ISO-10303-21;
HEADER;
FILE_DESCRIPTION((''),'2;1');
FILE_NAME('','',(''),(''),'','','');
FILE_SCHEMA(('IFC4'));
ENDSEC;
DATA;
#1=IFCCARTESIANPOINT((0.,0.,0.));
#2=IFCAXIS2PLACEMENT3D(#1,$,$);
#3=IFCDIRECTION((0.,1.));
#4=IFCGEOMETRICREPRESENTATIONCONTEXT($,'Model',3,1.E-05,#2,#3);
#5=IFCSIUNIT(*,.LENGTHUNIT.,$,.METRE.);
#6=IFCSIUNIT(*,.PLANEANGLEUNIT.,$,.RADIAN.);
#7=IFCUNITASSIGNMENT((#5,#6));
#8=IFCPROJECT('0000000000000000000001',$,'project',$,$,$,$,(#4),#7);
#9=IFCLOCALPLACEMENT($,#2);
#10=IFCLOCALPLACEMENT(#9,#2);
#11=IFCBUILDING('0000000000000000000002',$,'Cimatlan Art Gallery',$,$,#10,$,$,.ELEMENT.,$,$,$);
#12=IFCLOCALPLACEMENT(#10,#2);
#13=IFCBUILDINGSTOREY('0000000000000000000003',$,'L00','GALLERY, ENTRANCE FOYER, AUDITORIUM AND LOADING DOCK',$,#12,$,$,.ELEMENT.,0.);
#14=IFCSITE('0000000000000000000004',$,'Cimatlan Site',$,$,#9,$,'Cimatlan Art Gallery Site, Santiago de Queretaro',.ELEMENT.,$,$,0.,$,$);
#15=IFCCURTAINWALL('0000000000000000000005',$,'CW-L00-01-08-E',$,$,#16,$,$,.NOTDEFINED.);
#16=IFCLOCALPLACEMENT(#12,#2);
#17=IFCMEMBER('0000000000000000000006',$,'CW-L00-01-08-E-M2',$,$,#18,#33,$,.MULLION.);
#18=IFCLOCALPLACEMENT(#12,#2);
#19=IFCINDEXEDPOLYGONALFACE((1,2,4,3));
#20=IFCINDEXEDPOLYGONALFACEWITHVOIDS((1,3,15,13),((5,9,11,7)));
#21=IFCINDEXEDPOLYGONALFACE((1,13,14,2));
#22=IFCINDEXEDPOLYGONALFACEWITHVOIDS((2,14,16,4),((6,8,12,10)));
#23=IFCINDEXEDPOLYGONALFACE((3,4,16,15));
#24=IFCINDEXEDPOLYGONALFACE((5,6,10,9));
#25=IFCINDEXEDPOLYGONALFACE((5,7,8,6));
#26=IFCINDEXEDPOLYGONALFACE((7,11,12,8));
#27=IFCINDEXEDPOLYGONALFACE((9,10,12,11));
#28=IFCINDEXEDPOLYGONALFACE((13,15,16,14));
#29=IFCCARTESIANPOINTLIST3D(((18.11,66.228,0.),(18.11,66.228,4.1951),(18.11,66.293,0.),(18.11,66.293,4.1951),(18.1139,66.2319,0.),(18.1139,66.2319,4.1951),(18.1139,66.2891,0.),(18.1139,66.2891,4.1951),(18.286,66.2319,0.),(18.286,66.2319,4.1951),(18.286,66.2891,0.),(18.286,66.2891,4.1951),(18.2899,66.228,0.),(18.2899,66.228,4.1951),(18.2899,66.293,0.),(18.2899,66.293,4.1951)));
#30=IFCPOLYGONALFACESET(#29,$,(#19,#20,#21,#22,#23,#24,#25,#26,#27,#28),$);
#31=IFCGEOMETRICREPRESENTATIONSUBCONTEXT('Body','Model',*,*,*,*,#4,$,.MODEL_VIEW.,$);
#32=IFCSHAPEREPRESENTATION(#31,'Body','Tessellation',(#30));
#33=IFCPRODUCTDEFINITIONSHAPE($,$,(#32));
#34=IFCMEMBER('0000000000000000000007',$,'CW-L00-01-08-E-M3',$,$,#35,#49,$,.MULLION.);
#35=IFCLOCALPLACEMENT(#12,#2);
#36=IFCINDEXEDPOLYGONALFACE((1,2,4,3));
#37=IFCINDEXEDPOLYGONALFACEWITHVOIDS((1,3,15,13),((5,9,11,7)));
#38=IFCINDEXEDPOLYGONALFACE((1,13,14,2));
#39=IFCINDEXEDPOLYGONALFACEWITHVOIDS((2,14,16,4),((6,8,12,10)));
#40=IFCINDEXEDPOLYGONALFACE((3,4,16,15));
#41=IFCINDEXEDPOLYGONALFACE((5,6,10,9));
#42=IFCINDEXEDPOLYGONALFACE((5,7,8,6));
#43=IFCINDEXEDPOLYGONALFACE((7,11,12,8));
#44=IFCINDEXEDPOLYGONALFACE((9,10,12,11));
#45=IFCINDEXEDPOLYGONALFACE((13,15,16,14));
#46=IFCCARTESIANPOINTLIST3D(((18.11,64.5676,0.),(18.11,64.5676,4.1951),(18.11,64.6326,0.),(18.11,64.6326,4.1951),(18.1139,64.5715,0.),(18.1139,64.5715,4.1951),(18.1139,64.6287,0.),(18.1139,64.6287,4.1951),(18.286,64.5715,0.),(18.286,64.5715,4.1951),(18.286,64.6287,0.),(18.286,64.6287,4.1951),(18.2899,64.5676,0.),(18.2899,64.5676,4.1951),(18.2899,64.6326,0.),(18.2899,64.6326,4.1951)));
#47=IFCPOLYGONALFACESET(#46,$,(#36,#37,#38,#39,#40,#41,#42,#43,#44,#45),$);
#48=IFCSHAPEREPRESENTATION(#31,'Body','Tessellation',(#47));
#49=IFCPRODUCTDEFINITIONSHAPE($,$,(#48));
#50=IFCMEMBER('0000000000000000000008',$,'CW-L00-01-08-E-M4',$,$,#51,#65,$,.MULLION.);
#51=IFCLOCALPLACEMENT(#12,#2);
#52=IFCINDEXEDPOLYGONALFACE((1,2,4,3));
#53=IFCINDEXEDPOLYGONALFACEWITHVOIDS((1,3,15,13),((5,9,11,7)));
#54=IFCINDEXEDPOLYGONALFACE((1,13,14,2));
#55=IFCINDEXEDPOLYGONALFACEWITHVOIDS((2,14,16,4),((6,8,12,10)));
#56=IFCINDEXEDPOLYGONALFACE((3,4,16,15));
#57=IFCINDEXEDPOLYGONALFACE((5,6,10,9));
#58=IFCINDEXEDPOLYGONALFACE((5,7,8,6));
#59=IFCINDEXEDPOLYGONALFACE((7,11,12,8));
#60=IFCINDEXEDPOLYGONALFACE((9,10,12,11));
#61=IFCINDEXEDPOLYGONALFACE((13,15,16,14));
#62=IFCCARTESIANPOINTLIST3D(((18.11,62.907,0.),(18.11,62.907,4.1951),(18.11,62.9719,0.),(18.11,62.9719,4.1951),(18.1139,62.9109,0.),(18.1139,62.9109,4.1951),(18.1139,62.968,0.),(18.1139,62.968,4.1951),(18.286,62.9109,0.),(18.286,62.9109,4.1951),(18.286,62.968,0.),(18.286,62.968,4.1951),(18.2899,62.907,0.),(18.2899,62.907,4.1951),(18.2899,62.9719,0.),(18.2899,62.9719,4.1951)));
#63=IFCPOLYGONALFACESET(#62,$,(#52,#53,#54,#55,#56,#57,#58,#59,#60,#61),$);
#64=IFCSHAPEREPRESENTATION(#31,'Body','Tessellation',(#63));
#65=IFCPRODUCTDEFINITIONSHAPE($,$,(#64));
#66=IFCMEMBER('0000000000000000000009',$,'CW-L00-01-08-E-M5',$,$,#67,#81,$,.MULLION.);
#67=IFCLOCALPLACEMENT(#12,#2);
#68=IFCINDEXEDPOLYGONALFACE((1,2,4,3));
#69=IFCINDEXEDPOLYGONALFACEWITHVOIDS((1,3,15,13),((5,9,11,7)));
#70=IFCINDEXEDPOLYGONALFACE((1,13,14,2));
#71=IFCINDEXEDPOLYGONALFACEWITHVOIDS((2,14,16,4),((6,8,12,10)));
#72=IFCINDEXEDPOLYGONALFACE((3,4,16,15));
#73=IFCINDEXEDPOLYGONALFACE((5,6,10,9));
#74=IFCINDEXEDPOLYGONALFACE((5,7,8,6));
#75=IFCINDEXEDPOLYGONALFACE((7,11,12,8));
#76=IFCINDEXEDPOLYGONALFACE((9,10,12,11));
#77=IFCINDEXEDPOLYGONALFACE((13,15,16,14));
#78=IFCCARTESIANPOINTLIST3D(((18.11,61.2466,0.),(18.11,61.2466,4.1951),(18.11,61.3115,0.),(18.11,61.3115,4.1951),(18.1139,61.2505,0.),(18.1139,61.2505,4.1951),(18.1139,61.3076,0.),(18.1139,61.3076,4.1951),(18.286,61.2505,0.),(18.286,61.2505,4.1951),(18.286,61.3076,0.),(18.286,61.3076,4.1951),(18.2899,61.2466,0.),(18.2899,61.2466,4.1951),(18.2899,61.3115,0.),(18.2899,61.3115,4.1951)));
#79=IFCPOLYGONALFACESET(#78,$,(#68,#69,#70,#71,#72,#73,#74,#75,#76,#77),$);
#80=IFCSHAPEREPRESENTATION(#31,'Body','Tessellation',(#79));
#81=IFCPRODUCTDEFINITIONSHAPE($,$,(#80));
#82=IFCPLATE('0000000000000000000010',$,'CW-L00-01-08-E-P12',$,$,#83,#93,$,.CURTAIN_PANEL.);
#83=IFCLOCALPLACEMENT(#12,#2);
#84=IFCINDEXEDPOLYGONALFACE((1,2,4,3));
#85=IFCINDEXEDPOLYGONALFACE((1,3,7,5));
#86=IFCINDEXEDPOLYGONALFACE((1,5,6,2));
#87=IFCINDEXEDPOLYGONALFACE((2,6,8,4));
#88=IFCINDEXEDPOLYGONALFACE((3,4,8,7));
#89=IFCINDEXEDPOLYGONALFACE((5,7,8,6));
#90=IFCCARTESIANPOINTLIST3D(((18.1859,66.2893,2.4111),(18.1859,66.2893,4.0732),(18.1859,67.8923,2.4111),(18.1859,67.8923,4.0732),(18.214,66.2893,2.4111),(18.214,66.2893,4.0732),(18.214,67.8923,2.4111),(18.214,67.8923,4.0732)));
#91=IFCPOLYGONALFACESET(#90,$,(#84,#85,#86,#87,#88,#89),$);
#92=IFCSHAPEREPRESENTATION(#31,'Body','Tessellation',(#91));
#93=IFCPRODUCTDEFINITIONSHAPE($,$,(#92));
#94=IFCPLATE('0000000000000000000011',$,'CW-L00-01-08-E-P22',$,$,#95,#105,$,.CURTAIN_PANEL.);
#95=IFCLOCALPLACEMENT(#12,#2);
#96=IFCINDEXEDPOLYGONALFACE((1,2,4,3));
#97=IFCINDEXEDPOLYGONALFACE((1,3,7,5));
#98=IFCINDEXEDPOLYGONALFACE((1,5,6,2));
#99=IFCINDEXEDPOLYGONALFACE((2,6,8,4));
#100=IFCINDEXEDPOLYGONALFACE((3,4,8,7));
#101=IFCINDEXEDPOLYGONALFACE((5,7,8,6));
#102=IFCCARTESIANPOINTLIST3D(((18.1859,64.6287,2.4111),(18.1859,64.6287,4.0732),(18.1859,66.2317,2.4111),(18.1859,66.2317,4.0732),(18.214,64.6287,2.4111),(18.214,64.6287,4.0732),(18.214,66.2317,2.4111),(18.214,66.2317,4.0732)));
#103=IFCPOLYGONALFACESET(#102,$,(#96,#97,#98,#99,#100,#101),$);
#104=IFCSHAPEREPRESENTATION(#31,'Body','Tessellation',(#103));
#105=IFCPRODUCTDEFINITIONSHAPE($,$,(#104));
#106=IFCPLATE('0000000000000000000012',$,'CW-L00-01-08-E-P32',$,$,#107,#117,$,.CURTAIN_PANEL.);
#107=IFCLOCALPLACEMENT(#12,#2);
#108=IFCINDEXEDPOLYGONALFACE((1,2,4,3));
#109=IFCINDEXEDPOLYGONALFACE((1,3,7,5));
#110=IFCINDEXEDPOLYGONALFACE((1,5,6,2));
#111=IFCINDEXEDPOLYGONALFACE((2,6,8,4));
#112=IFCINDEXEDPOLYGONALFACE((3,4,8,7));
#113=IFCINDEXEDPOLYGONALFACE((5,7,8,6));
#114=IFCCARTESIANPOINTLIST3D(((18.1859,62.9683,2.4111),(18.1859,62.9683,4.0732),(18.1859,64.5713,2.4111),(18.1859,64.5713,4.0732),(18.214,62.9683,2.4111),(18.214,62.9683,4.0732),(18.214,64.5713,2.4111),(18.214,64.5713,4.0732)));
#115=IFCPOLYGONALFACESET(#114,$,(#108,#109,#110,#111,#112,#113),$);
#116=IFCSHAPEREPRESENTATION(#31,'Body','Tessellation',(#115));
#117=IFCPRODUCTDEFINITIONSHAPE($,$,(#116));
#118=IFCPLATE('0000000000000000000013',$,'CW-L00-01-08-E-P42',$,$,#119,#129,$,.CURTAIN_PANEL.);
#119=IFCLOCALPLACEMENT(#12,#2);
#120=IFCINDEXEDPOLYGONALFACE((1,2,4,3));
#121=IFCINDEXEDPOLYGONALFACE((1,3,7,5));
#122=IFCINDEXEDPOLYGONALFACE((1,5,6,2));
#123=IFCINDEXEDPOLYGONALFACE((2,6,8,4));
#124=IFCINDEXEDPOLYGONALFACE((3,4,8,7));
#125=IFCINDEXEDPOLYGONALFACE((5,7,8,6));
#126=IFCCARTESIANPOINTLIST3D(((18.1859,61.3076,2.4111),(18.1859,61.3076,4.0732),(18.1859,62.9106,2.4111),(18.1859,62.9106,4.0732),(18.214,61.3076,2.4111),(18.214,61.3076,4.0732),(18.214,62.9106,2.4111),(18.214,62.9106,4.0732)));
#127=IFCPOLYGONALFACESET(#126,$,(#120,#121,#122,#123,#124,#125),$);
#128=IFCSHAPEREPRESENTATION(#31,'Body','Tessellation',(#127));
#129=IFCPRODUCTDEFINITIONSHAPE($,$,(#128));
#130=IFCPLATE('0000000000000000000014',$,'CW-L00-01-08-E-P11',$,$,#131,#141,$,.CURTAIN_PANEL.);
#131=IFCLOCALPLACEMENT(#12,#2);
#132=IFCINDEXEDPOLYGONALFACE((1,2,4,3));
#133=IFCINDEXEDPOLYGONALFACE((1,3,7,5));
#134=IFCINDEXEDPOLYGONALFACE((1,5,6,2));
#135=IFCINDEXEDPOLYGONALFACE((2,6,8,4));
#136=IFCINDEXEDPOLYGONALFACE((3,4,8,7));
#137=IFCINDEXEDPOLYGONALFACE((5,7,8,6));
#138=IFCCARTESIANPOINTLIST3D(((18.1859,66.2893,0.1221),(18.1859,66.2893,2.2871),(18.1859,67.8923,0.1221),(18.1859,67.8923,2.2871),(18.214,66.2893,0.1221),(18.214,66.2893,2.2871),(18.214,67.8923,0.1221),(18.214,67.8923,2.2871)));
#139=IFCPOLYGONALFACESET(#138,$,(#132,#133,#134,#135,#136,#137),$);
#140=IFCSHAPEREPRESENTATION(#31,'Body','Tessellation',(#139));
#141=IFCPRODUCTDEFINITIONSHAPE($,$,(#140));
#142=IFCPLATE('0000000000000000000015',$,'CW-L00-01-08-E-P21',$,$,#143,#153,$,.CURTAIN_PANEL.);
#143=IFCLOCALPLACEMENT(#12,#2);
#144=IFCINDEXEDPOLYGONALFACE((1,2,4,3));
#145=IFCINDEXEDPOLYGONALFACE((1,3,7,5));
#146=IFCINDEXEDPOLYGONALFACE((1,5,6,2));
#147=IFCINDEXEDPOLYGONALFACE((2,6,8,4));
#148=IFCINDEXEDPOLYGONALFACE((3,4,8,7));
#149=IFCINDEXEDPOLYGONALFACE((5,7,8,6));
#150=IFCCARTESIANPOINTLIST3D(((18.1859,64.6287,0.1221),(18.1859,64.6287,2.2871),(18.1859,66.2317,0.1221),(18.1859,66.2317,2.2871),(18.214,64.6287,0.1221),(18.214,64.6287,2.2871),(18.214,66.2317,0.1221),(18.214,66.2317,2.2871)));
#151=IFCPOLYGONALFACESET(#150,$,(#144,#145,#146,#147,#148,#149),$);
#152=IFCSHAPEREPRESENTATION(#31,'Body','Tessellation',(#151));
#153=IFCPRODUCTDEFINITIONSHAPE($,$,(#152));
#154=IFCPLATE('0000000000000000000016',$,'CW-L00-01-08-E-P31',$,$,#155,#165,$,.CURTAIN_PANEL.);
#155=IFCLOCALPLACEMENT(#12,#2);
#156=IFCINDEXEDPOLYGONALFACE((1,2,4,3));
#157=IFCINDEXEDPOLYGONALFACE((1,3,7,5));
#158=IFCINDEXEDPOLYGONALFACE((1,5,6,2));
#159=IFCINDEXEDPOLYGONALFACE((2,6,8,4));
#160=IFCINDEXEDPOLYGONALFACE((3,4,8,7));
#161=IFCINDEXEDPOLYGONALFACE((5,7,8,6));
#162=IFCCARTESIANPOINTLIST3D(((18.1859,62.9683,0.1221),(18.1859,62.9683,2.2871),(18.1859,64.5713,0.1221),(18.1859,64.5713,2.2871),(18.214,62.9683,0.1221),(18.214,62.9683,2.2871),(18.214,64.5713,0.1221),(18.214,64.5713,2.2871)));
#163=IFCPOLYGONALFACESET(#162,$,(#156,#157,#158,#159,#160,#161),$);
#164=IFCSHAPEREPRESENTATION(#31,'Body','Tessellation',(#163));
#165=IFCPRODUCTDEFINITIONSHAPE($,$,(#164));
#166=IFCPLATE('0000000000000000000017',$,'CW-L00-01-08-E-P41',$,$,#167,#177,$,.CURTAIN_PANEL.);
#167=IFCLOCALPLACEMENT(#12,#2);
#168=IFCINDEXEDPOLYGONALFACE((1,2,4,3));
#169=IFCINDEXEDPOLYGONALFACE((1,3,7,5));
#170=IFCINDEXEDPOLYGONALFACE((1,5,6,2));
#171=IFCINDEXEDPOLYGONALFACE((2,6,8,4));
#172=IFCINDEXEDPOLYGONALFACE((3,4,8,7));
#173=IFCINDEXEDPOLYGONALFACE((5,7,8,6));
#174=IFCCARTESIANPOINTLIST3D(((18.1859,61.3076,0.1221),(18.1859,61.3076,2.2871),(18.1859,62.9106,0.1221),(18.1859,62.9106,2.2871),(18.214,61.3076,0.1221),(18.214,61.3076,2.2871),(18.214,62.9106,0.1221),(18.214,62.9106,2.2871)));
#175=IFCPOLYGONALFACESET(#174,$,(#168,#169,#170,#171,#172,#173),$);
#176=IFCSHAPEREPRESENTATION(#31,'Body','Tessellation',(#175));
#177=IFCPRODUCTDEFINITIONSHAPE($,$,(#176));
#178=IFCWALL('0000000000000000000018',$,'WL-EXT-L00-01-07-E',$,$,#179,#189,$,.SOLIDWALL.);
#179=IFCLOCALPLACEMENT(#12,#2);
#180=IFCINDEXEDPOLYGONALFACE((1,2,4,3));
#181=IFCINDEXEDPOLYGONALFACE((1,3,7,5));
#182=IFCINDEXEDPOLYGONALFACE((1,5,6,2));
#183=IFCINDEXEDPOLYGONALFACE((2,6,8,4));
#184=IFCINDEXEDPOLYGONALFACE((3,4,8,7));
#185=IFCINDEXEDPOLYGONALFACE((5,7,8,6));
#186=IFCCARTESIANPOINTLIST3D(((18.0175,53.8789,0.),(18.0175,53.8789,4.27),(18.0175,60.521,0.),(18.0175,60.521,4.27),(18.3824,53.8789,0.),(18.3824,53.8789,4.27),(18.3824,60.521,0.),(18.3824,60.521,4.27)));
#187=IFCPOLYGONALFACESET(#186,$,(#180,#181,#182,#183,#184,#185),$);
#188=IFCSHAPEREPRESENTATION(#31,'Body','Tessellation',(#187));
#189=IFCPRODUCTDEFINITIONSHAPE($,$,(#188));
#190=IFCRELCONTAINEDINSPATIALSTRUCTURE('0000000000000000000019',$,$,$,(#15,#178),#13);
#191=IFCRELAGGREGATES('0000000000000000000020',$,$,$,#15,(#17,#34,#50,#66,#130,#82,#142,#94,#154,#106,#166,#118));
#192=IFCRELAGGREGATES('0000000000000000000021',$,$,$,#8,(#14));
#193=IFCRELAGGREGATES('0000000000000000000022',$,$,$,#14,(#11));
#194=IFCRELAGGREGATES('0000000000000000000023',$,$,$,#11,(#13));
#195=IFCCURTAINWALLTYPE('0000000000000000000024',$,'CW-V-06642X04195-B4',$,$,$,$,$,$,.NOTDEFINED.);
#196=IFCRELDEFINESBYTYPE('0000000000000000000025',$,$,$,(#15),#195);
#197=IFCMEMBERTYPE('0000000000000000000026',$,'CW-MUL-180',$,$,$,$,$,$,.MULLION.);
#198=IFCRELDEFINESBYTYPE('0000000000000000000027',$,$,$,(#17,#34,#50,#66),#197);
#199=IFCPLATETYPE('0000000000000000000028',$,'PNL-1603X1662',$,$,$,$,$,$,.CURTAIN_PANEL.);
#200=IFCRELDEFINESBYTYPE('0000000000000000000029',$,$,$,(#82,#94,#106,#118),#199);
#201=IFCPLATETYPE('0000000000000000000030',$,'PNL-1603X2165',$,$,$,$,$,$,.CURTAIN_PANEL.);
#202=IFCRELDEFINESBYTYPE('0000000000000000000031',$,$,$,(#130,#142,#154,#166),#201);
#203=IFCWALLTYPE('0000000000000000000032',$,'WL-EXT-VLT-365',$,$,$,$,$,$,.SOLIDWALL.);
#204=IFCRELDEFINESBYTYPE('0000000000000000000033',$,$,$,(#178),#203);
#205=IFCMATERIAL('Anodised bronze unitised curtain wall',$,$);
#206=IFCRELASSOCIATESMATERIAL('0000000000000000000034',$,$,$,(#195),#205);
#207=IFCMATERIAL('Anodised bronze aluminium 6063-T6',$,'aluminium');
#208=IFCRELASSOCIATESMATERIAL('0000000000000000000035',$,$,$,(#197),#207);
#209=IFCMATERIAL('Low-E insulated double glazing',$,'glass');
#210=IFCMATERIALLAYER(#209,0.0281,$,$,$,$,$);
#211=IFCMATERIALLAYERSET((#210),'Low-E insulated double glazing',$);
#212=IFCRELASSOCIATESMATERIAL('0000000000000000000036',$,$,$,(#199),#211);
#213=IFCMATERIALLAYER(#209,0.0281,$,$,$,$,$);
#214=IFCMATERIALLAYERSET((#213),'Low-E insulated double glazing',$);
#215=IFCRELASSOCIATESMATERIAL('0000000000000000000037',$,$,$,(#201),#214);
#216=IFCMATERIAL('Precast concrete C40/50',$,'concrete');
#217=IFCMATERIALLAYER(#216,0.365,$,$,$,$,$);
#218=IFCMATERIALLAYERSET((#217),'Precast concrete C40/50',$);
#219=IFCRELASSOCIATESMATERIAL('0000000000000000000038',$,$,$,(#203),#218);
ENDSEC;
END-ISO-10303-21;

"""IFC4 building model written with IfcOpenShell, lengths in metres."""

from ifc_helpers import new_model, si_unit, direction, frame, frame_2d, origin, origin_2d, place, context, subcontext, project, spatial, rectangle, hollow_rectangle, extrude, material, layer, layer_set, material_profile, profile_set, type_object, element, aggregate, save


model = new_model("IFC4")

# Units and contexts
model_context = context("Model", 3, precision=1e-05, world=origin(), true_north=direction((0.0, 1.0)))
body_context = subcontext(model_context, "Body", "Model", "MODEL_VIEW")
ifc_project = project(units=[si_unit("LENGTHUNIT", "METRE"), si_unit("PLANEANGLEUNIT", "RADIAN")], contexts=[model_context])

# Site, building, storey
site_placement = place(None, origin())
site = spatial("IfcSite", under=ifc_project, at=site_placement, Name="Cimatlan Site", LongName="Cimatlan Art Gallery Site, Santiago de Queretaro", CompositionType="ELEMENT", RefElevation=0.0)
building_placement = place(site_placement, origin())
building = spatial("IfcBuilding", under=site, at=building_placement, Name="Cimatlan Art Gallery", CompositionType="ELEMENT")
storey_placement = place(building_placement, origin())
storey = spatial("IfcBuildingStorey", under=building, at=storey_placement, Name="L00", Description="GALLERY, ENTRANCE FOYER, AUDITORIUM AND LOADING DOCK", CompositionType="ELEMENT", Elevation=0.0)

# Curtain wall, members, plates
ifc_material_1 = material(Name="Anodised bronze unitised curtain wall")
curtain_wall_type = type_object("IfcCurtainWallType", Name="CW-V-06642X04195-B4", PredefinedType="NOTDEFINED", material=ifc_material_1)
curtain_wall_placement = place(storey_placement, origin())
curtain_wall = element("IfcCurtainWall", 1, at=curtain_wall_placement, inside=storey, type_object=curtain_wall_type, Name="CW-L00-01-08-E", PredefinedType="NOTDEFINED")
ifc_material_2 = material(Name="Anodised bronze aluminium 6063-T6", Category="aluminium")
ifc_material_profile_1 = material_profile(ifc_material_2, hollow_rectangle(XDim=0.0649, YDim=0.1799, WallThickness=0.0039, at=origin_2d()), Name="ALU65X180X4")
ifc_profile_set_1 = profile_set([ifc_material_profile_1], Name="Anodised bronze aluminium 6063-T6")
member_type = type_object("IfcMemberType", Name="CW-MUL-180", PredefinedType="MULLION", material=ifc_profile_set_1)
member_1_placement = place(storey_placement, frame((18.2, 66.2605, 0.0), z_axis=(0.0, 0.0, 1.0), x_axis=(0.0, 1.0, 0.0)))
member_1 = element("IfcMember", 2, at=member_1_placement, type_object=member_type, Name="CW-L00-01-08-E-M2", PredefinedType="MULLION", context=body_context, shape_type="SweptSolid", body=[
    extrude(hollow_rectangle(XDim=0.0649, YDim=0.1799, WallThickness=0.0039, at=origin_2d()), origin(), (0.0, 0.0, 1.0), 4.1951),
])
member_2_placement = place(storey_placement, frame((18.2, 64.6001, 0.0), z_axis=(0.0, 0.0, 1.0), x_axis=(0.0, 1.0, 0.0)))
member_2 = element("IfcMember", 3, at=member_2_placement, type_object=member_type, Name="CW-L00-01-08-E-M3", PredefinedType="MULLION", context=body_context, shape_type="SweptSolid", body=[
    extrude(hollow_rectangle(XDim=0.0649, YDim=0.1799, WallThickness=0.0039, at=origin_2d()), origin(), (0.0, 0.0, 1.0), 4.1951),
])
member_3_placement = place(storey_placement, frame((18.2, 62.9395, 0.0), z_axis=(0.0, 0.0, 1.0), x_axis=(0.0, 1.0, 0.0)))
member_3 = element("IfcMember", 4, at=member_3_placement, type_object=member_type, Name="CW-L00-01-08-E-M4", PredefinedType="MULLION", context=body_context, shape_type="SweptSolid", body=[
    extrude(hollow_rectangle(XDim=0.0649, YDim=0.1799, WallThickness=0.0039, at=origin_2d()), origin(), (0.0, 0.0, 1.0), 4.1951),
])
member_4_placement = place(storey_placement, frame((18.2, 61.2791, 0.0), z_axis=(0.0, 0.0, 1.0), x_axis=(0.0, 1.0, 0.0)))
member_4 = element("IfcMember", 5, at=member_4_placement, type_object=member_type, Name="CW-L00-01-08-E-M5", PredefinedType="MULLION", context=body_context, shape_type="SweptSolid", body=[
    extrude(hollow_rectangle(XDim=0.0649, YDim=0.1799, WallThickness=0.0039, at=origin_2d()), origin(), (0.0, 0.0, 1.0), 4.1951),
])
ifc_material_3 = material(Name="Low-E insulated double glazing", Category="glass")
ifc_layer_1 = layer(ifc_material_3, 0.0281)
ifc_layer_set_1 = layer_set([ifc_layer_1], Name="Low-E insulated double glazing")
plate_type_1 = type_object("IfcPlateType", Name="PNL-1603X1662", PredefinedType="CURTAIN_PANEL", material=ifc_layer_set_1)
plate_1_placement = place(storey_placement, frame((18.2, 67.0908, 2.4111), z_axis=(0.0, 0.0, 1.0), x_axis=(0.0, -1.0, 0.0)))
plate_1 = element("IfcPlate", 6, at=plate_1_placement, type_object=plate_type_1, Name="CW-L00-01-08-E-P12", PredefinedType="CURTAIN_PANEL", context=body_context, shape_type="SweptSolid", body=[
    extrude(rectangle(XDim=1.603, YDim=0.0281, at=origin_2d()), origin(), (0.0, 0.0, 1.0), 1.6621),
])
plate_2_placement = place(storey_placement, frame((18.2, 65.4302, 2.4111), z_axis=(0.0, 0.0, 1.0), x_axis=(0.0, -1.0, 0.0)))
plate_2 = element("IfcPlate", 7, at=plate_2_placement, type_object=plate_type_1, Name="CW-L00-01-08-E-P22", PredefinedType="CURTAIN_PANEL", context=body_context, shape_type="SweptSolid", body=[
    extrude(rectangle(XDim=1.603, YDim=0.0281, at=origin_2d()), origin(), (0.0, 0.0, 1.0), 1.6621),
])
plate_3_placement = place(storey_placement, frame((18.2, 63.7698, 2.4111), z_axis=(0.0, 0.0, 1.0), x_axis=(0.0, -1.0, 0.0)))
plate_3 = element("IfcPlate", 8, at=plate_3_placement, type_object=plate_type_1, Name="CW-L00-01-08-E-P32", PredefinedType="CURTAIN_PANEL", context=body_context, shape_type="SweptSolid", body=[
    extrude(rectangle(XDim=1.603, YDim=0.0281, at=origin_2d()), origin(), (0.0, 0.0, 1.0), 1.6621),
])
plate_4_placement = place(storey_placement, frame((18.2, 62.1091, 2.4111), z_axis=(0.0, 0.0, 1.0), x_axis=(0.0, -1.0, 0.0)))
plate_4 = element("IfcPlate", 9, at=plate_4_placement, type_object=plate_type_1, Name="CW-L00-01-08-E-P42", PredefinedType="CURTAIN_PANEL", context=body_context, shape_type="SweptSolid", body=[
    extrude(rectangle(XDim=1.603, YDim=0.0281, at=origin_2d()), origin(), (0.0, 0.0, 1.0), 1.6621),
])
ifc_layer_2 = layer(ifc_material_3, 0.0281)
ifc_layer_set_2 = layer_set([ifc_layer_2], Name="Low-E insulated double glazing")
plate_type_2 = type_object("IfcPlateType", Name="PNL-1603X2165", PredefinedType="CURTAIN_PANEL", material=ifc_layer_set_2)
plate_5_placement = place(storey_placement, frame((18.2, 67.0908, 0.1221), z_axis=(0.0, 0.0, 1.0), x_axis=(0.0, -1.0, 0.0)))
plate_5 = element("IfcPlate", 10, at=plate_5_placement, type_object=plate_type_2, Name="CW-L00-01-08-E-P11", PredefinedType="CURTAIN_PANEL", context=body_context, shape_type="SweptSolid", body=[
    extrude(rectangle(XDim=1.603, YDim=0.0281, at=origin_2d()), origin(), (0.0, 0.0, 1.0), 2.165),
])
plate_6_placement = place(storey_placement, frame((18.2, 65.4302, 0.1221), z_axis=(0.0, 0.0, 1.0), x_axis=(0.0, -1.0, 0.0)))
plate_6 = element("IfcPlate", 11, at=plate_6_placement, type_object=plate_type_2, Name="CW-L00-01-08-E-P21", PredefinedType="CURTAIN_PANEL", context=body_context, shape_type="SweptSolid", body=[
    extrude(rectangle(XDim=1.603, YDim=0.0281, at=origin_2d()), origin(), (0.0, 0.0, 1.0), 2.165),
])
plate_7_placement = place(storey_placement, frame((18.2, 63.7698, 0.1221), z_axis=(0.0, 0.0, 1.0), x_axis=(0.0, -1.0, 0.0)))
plate_7 = element("IfcPlate", 12, at=plate_7_placement, type_object=plate_type_2, Name="CW-L00-01-08-E-P31", PredefinedType="CURTAIN_PANEL", context=body_context, shape_type="SweptSolid", body=[
    extrude(rectangle(XDim=1.603, YDim=0.0281, at=origin_2d()), origin(), (0.0, 0.0, 1.0), 2.165),
])
plate_8_placement = place(storey_placement, frame((18.2, 62.1091, 0.1221), z_axis=(0.0, 0.0, 1.0), x_axis=(0.0, -1.0, 0.0)))
plate_8 = element("IfcPlate", 13, at=plate_8_placement, type_object=plate_type_2, Name="CW-L00-01-08-E-P41", PredefinedType="CURTAIN_PANEL", context=body_context, shape_type="SweptSolid", body=[
    extrude(rectangle(XDim=1.603, YDim=0.0281, at=origin_2d()), origin(), (0.0, 0.0, 1.0), 2.165),
])
aggregate(curtain_wall, [member_1, member_2, member_3, member_4, plate_5, plate_1, plate_6, plate_2, plate_7, plate_3, plate_8, plate_4])

# Wall
ifc_material_4 = material(Name="Precast concrete C40/50", Category="concrete")
ifc_layer_3 = layer(ifc_material_4, 0.365)
ifc_layer_set_3 = layer_set([ifc_layer_3], Name="Precast concrete C40/50")
wall_type = type_object("IfcWallType", Name="WL-EXT-VLT-365", PredefinedType="SOLIDWALL", material=ifc_layer_set_3)
wall_placement = place(storey_placement, frame((18.2, 60.521, 0.0), z_axis=(0.0, 0.0, 1.0), x_axis=(0.0, -1.0, 0.0)))
element("IfcWall", 14, at=wall_placement, inside=storey, type_object=wall_type, Name="WL-EXT-L00-01-07-E", PredefinedType="SOLIDWALL", context=body_context, shape_type="SweptSolid", body=[
    extrude(rectangle(XDim=6.6421, YDim=0.365, at=frame_2d((3.321, 0.0))), origin(), (0.0, 0.0, 1.0), 4.27),
])

save(model, "model.ifc")
